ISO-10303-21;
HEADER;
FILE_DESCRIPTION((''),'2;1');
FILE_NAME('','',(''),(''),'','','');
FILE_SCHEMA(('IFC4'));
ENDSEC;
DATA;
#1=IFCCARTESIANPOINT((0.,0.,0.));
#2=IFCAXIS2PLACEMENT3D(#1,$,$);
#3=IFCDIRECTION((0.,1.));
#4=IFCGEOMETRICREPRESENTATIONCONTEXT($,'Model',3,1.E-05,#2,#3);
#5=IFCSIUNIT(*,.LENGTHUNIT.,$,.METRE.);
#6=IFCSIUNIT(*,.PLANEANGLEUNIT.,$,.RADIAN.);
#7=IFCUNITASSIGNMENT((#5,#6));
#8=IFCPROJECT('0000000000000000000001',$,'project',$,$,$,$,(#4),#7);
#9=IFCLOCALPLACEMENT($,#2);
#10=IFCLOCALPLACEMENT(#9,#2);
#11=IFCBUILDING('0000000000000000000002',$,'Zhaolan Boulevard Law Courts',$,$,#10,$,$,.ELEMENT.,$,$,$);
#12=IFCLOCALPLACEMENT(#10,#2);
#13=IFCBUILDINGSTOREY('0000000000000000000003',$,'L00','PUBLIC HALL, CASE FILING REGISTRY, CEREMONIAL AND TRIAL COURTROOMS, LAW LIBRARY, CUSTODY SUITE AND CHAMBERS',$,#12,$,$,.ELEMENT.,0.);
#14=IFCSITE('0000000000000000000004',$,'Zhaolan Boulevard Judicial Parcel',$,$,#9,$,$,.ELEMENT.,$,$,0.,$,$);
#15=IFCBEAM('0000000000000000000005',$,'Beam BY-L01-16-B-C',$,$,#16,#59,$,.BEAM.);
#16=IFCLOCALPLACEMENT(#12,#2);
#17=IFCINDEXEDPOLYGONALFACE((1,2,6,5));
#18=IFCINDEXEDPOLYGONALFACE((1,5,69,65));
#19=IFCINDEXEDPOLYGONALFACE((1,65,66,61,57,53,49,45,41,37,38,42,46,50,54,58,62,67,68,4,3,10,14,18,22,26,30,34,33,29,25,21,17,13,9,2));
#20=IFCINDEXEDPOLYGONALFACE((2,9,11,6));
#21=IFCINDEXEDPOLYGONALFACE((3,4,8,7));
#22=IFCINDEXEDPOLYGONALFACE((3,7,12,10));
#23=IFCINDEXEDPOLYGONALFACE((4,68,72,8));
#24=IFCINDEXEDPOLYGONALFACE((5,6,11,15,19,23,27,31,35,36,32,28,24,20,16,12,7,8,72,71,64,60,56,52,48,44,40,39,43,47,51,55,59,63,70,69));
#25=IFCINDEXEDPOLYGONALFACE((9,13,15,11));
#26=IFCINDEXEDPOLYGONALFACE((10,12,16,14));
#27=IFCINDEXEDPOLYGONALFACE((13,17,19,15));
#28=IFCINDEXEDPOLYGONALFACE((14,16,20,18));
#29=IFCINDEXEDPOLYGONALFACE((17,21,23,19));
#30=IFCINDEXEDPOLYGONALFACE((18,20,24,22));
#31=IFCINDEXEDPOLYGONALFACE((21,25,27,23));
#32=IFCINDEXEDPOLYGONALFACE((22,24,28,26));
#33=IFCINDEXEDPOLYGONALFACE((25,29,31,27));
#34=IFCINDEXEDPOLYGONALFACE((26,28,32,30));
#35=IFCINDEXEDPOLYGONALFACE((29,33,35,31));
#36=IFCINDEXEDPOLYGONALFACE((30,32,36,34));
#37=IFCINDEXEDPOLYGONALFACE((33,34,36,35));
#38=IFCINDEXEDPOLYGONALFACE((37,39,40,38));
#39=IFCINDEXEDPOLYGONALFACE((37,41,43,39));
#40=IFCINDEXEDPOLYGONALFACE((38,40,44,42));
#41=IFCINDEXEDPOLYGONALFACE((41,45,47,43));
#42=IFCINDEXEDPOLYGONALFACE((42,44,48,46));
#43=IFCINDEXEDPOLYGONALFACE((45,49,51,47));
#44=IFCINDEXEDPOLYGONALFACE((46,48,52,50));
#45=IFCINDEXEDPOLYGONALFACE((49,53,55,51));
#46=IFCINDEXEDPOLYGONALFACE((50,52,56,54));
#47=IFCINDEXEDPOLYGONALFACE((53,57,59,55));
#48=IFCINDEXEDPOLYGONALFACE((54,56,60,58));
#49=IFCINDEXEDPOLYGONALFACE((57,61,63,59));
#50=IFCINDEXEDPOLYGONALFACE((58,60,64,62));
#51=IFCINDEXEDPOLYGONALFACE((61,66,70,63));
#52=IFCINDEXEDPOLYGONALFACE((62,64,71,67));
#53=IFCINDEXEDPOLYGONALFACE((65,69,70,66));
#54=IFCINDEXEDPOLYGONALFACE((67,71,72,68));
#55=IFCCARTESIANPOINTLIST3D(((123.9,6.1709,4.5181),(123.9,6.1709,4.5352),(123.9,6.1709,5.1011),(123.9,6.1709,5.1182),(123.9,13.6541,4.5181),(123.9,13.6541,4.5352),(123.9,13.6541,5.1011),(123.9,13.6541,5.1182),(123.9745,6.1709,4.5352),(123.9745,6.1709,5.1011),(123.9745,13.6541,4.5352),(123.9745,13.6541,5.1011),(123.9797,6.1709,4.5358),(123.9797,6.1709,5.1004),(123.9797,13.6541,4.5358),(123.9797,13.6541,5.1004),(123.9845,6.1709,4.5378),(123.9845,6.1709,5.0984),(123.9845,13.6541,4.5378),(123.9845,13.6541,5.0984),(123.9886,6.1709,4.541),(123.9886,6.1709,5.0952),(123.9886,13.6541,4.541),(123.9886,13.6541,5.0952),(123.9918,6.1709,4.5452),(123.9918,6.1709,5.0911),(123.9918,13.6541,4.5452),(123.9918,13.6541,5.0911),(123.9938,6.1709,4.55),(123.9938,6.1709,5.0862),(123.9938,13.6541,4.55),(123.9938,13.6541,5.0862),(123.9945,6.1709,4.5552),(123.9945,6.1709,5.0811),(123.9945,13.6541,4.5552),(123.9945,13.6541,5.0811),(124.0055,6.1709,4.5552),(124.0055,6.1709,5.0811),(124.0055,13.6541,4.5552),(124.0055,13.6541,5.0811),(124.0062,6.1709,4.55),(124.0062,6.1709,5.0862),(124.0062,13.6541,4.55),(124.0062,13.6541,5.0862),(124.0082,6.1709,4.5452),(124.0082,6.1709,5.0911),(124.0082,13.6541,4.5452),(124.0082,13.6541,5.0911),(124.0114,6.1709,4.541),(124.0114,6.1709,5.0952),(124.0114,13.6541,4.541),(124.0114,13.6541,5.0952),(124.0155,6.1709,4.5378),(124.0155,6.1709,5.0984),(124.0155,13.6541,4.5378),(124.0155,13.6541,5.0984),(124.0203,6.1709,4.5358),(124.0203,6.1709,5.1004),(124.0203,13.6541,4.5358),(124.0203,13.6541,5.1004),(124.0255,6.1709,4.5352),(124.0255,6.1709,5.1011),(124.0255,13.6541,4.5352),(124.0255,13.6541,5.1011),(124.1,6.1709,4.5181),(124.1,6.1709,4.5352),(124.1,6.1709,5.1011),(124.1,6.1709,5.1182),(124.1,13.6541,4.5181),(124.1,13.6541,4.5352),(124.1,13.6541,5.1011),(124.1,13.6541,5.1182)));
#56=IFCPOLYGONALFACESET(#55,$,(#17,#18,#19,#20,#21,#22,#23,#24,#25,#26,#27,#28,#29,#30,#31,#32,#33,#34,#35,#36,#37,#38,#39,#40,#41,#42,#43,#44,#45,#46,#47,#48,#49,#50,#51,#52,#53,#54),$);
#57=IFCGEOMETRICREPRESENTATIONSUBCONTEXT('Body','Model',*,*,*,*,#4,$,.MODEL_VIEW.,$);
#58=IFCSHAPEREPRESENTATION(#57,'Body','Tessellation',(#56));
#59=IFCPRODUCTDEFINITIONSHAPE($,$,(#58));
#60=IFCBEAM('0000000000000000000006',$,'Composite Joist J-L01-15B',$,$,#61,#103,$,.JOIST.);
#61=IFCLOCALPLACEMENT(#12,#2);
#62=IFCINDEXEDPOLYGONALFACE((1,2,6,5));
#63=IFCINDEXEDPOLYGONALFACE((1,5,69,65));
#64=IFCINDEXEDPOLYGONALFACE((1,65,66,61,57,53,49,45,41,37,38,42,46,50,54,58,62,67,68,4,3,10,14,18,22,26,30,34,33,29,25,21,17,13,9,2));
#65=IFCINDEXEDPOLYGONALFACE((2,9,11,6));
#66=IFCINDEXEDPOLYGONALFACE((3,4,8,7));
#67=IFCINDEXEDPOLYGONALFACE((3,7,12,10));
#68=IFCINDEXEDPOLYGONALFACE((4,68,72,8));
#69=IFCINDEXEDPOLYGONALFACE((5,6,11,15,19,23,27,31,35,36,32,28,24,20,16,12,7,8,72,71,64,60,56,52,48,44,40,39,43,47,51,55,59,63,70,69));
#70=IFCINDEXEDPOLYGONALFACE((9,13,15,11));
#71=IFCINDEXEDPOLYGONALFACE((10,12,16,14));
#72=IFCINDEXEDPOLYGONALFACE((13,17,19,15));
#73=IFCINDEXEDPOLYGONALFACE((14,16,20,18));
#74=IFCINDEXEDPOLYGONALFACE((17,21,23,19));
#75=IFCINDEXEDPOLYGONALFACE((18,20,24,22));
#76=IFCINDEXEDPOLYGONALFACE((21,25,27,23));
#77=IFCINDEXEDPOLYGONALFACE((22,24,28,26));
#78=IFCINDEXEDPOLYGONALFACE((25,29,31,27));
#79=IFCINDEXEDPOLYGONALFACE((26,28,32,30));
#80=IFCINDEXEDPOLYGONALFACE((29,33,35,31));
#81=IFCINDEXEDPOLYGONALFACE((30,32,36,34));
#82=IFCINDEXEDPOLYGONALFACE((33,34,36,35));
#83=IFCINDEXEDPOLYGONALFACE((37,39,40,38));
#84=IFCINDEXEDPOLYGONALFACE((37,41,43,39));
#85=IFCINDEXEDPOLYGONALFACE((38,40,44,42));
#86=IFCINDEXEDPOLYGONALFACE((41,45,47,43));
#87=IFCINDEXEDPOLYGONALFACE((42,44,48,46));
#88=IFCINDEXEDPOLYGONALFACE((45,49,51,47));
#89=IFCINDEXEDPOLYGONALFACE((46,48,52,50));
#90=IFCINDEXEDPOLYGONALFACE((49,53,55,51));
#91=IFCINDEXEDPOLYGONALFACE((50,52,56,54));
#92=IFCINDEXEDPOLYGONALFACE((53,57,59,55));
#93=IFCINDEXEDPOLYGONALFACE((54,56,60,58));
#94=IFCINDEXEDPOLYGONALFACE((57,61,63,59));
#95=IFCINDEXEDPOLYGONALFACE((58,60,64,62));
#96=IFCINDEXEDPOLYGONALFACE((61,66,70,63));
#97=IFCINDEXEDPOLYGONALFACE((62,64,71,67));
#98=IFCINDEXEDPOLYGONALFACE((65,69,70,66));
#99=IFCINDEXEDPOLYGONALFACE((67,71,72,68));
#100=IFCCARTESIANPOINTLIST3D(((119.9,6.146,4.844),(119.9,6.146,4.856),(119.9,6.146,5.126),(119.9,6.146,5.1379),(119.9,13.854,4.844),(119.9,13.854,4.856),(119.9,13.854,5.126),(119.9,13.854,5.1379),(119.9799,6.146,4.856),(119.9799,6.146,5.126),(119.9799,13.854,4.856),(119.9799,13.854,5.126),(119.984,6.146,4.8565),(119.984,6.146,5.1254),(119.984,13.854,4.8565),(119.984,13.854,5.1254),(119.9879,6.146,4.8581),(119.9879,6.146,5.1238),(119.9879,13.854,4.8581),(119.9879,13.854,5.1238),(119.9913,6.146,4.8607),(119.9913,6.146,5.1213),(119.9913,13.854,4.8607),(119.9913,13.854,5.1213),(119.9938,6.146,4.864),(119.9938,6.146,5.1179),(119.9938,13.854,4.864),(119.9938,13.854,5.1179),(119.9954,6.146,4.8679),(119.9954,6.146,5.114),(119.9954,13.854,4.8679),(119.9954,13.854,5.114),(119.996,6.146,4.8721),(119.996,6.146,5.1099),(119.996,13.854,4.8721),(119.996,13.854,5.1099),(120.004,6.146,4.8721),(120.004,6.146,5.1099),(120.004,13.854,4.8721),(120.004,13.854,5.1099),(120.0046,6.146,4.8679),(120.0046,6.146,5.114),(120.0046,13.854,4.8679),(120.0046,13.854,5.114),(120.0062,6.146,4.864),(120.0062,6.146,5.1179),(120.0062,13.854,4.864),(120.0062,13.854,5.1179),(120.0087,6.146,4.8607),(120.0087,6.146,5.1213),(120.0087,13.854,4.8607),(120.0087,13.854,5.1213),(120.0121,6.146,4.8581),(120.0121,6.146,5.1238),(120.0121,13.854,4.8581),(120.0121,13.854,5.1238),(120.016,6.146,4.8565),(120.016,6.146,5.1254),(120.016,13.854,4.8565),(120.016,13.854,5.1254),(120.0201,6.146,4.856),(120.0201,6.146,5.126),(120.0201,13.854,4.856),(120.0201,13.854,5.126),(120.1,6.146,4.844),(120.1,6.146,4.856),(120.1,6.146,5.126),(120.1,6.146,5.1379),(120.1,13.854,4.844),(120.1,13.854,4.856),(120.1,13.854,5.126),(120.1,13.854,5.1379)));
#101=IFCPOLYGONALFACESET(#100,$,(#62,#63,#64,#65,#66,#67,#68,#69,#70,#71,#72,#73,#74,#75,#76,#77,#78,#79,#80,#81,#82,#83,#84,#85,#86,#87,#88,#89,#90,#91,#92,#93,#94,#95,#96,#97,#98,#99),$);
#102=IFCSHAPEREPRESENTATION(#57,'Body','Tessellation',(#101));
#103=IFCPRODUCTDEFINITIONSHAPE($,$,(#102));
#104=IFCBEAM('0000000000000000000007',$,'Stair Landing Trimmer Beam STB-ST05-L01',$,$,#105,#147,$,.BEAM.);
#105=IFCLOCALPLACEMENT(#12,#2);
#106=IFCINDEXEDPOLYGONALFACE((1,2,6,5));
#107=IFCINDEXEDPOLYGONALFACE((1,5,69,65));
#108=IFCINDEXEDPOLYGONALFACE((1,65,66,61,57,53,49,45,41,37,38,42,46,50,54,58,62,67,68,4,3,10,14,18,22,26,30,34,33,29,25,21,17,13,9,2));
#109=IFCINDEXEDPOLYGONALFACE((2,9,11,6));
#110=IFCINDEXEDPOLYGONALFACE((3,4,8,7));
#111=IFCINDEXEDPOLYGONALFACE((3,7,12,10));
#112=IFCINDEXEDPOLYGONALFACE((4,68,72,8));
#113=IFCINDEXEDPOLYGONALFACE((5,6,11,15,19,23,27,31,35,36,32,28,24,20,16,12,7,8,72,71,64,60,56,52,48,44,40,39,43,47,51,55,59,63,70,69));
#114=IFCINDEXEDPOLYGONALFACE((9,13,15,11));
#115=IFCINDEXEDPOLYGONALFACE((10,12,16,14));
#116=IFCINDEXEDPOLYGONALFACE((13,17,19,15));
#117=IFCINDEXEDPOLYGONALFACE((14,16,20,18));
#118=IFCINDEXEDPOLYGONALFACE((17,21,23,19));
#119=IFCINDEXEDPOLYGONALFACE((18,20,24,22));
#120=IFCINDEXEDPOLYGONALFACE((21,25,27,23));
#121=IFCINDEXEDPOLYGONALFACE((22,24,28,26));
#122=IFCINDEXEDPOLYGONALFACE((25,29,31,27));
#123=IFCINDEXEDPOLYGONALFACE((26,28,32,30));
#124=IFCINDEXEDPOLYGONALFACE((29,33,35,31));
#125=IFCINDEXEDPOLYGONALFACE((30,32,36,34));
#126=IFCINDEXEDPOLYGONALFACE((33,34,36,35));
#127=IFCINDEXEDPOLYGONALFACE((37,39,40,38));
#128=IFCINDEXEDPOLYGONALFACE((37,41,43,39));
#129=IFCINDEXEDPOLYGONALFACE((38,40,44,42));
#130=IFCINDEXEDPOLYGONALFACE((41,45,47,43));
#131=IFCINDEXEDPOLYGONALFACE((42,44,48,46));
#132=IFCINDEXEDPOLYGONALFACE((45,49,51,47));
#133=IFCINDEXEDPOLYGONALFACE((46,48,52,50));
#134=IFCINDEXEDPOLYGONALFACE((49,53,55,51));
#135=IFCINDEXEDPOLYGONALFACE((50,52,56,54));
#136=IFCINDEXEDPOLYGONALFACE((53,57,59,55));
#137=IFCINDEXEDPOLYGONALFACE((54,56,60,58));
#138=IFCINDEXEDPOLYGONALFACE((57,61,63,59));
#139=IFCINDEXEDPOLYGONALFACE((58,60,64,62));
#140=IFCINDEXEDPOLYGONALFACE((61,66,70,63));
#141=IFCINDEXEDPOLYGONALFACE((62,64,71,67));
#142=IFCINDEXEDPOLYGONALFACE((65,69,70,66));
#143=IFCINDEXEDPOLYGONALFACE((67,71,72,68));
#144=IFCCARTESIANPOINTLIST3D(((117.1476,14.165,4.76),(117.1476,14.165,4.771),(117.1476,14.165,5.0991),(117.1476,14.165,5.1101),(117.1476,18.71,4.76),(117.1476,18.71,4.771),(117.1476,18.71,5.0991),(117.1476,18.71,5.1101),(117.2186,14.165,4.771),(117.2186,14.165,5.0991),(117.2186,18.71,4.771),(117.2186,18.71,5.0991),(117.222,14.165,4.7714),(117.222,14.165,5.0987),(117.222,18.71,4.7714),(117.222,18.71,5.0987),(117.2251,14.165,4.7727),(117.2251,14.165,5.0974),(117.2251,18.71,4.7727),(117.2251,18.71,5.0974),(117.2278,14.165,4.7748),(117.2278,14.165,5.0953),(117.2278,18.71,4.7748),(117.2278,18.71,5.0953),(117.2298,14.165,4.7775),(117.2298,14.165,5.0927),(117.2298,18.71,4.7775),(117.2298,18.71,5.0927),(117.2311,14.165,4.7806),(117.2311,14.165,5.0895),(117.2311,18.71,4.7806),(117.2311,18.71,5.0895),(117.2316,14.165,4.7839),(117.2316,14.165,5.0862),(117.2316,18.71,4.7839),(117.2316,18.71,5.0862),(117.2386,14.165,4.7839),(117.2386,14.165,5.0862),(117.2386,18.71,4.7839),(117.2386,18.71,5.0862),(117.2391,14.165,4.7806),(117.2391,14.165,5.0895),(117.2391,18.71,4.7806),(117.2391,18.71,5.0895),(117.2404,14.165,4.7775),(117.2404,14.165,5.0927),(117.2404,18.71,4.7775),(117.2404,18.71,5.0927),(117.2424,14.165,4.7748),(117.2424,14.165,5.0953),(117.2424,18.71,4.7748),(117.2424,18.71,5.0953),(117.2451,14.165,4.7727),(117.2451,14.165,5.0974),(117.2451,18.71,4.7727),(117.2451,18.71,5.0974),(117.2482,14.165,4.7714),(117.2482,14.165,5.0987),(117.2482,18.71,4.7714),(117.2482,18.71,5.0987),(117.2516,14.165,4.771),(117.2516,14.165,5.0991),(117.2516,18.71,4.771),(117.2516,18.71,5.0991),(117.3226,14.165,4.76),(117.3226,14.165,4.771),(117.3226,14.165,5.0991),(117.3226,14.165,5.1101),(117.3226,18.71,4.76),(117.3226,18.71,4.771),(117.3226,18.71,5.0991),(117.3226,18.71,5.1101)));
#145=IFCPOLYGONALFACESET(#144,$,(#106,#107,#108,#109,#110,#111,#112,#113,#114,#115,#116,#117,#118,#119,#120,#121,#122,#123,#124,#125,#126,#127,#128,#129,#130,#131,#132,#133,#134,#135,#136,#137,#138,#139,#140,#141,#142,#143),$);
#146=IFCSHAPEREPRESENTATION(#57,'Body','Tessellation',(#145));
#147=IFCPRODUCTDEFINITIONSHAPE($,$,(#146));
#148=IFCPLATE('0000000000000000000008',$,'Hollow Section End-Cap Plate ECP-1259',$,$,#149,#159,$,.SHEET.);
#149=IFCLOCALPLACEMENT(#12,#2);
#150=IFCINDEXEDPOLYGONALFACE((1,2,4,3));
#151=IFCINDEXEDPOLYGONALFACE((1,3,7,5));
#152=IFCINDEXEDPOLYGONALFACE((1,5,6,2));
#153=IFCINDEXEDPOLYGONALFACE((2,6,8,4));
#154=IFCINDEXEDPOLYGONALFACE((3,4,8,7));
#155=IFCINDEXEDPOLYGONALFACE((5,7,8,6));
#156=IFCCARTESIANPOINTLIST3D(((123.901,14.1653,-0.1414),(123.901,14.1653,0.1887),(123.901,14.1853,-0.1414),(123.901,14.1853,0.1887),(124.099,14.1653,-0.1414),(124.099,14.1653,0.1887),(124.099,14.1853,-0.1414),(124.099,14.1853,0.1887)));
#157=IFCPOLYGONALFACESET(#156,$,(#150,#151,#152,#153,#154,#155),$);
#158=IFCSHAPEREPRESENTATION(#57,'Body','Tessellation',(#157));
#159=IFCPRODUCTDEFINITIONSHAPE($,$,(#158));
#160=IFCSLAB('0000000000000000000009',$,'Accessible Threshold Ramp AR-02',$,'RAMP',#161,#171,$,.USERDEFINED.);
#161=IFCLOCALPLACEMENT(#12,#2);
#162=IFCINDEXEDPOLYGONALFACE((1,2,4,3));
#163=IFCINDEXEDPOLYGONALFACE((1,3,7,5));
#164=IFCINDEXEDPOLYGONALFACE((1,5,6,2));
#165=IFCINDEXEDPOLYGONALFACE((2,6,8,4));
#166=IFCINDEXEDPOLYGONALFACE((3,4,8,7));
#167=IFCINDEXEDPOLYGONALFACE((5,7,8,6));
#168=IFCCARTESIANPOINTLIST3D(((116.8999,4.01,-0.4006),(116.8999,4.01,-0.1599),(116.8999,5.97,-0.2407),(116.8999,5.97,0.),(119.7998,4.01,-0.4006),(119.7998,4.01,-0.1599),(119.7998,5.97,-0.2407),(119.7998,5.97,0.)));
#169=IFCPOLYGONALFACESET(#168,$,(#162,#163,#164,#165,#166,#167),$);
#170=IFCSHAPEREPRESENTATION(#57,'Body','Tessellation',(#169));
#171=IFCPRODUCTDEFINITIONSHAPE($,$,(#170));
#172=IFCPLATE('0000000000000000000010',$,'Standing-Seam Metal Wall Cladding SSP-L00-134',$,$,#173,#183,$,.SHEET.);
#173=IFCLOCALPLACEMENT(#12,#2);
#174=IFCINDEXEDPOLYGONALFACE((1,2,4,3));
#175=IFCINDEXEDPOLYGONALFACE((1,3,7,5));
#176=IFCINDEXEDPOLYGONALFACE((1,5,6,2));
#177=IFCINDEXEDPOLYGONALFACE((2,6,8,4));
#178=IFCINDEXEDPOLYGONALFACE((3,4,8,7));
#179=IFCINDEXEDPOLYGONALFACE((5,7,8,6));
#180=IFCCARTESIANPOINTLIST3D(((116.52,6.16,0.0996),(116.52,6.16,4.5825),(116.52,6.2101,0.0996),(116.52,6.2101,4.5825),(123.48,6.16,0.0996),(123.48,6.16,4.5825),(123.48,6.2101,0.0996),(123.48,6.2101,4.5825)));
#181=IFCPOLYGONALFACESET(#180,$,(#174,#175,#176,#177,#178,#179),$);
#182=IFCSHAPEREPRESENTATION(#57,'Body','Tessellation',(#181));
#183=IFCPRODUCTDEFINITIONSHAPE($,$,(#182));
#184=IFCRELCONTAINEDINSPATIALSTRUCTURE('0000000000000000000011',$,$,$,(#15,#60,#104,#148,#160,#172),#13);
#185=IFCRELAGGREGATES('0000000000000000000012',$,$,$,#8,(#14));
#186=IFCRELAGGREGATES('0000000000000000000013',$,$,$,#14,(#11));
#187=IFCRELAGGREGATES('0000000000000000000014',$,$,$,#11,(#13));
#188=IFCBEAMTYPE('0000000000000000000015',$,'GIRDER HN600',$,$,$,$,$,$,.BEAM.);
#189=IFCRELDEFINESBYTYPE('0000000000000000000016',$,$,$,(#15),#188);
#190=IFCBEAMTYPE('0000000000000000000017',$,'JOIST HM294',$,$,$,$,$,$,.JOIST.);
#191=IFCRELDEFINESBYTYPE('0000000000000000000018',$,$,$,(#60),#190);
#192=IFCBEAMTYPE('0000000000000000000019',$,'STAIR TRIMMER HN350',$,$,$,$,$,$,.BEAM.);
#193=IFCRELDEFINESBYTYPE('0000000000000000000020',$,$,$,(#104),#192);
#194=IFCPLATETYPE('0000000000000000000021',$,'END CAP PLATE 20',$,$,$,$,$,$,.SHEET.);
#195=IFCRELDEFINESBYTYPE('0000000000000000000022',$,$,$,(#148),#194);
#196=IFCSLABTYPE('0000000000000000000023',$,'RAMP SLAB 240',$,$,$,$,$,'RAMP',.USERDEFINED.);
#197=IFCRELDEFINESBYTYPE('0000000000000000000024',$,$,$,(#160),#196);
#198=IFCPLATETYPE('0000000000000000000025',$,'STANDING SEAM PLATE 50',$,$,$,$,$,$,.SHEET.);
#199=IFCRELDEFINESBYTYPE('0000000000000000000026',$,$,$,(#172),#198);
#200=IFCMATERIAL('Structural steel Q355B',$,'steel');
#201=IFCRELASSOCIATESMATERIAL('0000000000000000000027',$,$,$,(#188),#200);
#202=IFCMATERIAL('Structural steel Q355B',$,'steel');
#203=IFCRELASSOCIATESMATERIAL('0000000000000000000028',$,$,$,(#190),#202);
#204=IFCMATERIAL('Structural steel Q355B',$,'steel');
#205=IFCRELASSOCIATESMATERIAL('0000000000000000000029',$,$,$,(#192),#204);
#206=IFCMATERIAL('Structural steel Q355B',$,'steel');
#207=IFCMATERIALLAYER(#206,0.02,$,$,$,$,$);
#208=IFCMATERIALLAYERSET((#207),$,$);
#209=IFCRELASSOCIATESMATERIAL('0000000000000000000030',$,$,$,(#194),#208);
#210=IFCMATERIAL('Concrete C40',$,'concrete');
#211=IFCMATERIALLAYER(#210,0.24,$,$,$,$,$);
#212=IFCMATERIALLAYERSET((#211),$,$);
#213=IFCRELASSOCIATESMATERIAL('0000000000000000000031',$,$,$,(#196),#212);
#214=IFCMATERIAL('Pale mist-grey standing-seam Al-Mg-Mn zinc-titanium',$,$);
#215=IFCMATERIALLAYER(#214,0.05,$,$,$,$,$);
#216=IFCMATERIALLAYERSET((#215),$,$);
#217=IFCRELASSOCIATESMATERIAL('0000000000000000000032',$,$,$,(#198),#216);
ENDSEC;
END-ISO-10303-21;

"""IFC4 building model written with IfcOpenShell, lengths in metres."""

from ifc_helpers import new_model, si_unit, direction, frame, origin, origin_2d, place, context, subcontext, project, spatial, polyline, rectangle, i_section, outline, extrude, material, layer, layer_set, material_profile, profile_set, type_object, element, save


model = new_model("IFC4")

# Units and contexts
model_context = context("Model", 3, precision=1e-05, world=origin(), true_north=direction((0.0, 1.0)))
body_context = subcontext(model_context, "Body", "Model", "MODEL_VIEW")
ifc_project = project(units=[si_unit("LENGTHUNIT", "METRE"), si_unit("PLANEANGLEUNIT", "RADIAN")], contexts=[model_context])

# Site, building, storey
site_placement = place(None, origin())
site = spatial("IfcSite", under=ifc_project, at=site_placement, Name="Zhaolan Boulevard Judicial Parcel", CompositionType="ELEMENT", RefElevation=0.0)
building_placement = place(site_placement, origin())
building = spatial("IfcBuilding", under=site, at=building_placement, Name="Zhaolan Boulevard Law Courts", CompositionType="ELEMENT")
storey_placement = place(building_placement, origin())
storey = spatial("IfcBuildingStorey", under=building, at=storey_placement, Name="L00", Description="PUBLIC HALL, CASE FILING REGISTRY, CEREMONIAL AND TRIAL COURTROOMS, LAW LIBRARY, CUSTODY SUITE AND CHAMBERS", CompositionType="ELEMENT", Elevation=0.0)

# Beams
ifc_material_1 = material(Name="Structural steel Q355B", Category="steel")
ifc_material_profile_1 = material_profile(ifc_material_1, i_section(OverallWidth=0.2, OverallDepth=0.6001, WebThickness=0.011, FlangeThickness=0.0171, FilletRadius=0.02, at=origin_2d()), Name="HN600x200")
ifc_profile_set_1 = profile_set([ifc_material_profile_1], Name="Structural steel Q355B")
beam_type_1 = type_object("IfcBeamType", Name="GIRDER HN600", PredefinedType="BEAM", material=ifc_profile_set_1)
beam_1_placement = place(storey_placement, frame((124.0, 6.1709, 4.8181), z_axis=(0.0, 1.0, 0.0), x_axis=(-1.0, 0.0, 0.0)))
element("IfcBeam", 1, at=beam_1_placement, inside=storey, type_object=beam_type_1, Name="Beam BY-L01-16-B-C", PredefinedType="BEAM", context=body_context, shape_type="SweptSolid", body=[
    extrude(i_section(OverallWidth=0.2, OverallDepth=0.6001, WebThickness=0.011, FlangeThickness=0.0171, FilletRadius=0.02, at=origin_2d()), origin(), (0.0, 0.0, 1.0), 7.4832),
])
ifc_material_2 = material(Name="Structural steel Q355B", Category="steel")
ifc_material_profile_2 = material_profile(ifc_material_2, i_section(OverallWidth=0.2, OverallDepth=0.2939, WebThickness=0.0081, FlangeThickness=0.012, FilletRadius=0.0161, at=origin_2d()), Name="HM294x200")
ifc_profile_set_2 = profile_set([ifc_material_profile_2], Name="Structural steel Q355B")
beam_type_2 = type_object("IfcBeamType", Name="JOIST HM294", PredefinedType="JOIST", material=ifc_profile_set_2)
beam_2_placement = place(storey_placement, frame((120.0, 6.146, 4.991), z_axis=(0.0, 1.0, 0.0), x_axis=(-1.0, 0.0, 0.0)))
element("IfcBeam", 2, at=beam_2_placement, inside=storey, type_object=beam_type_2, Name="Composite Joist J-L01-15B", PredefinedType="JOIST", context=body_context, shape_type="SweptSolid", body=[
    extrude(i_section(OverallWidth=0.2, OverallDepth=0.2939, WebThickness=0.0081, FlangeThickness=0.012, FilletRadius=0.0161, at=origin_2d()), origin(), (0.0, 0.0, 1.0), 7.708),
])
ifc_material_3 = material(Name="Structural steel Q355B", Category="steel")
ifc_material_profile_3 = material_profile(ifc_material_3, i_section(OverallWidth=0.175, OverallDepth=0.3501, WebThickness=0.0071, FlangeThickness=0.011, FilletRadius=0.0129, at=origin_2d()), Name="HN350x175")
ifc_profile_set_3 = profile_set([ifc_material_profile_3], Name="Structural steel Q355B")
beam_type_3 = type_object("IfcBeamType", Name="STAIR TRIMMER HN350", PredefinedType="BEAM", material=ifc_profile_set_3)
beam_3_placement = place(storey_placement, frame((117.2351, 14.165, 4.9351), z_axis=(0.0, 1.0, 0.0), x_axis=(-1.0, 0.0, 0.0)))
element("IfcBeam", 3, at=beam_3_placement, inside=storey, type_object=beam_type_3, Name="Stair Landing Trimmer Beam STB-ST05-L01", PredefinedType="BEAM", context=body_context, shape_type="SweptSolid", body=[
    extrude(i_section(OverallWidth=0.175, OverallDepth=0.3501, WebThickness=0.0071, FlangeThickness=0.011, FilletRadius=0.0129, at=origin_2d()), origin(), (0.0, 0.0, 1.0), 4.5449),
])

# Plate
ifc_material_4 = material(Name="Structural steel Q355B", Category="steel")
ifc_layer_1 = layer(ifc_material_4, 0.02)
ifc_layer_set_1 = layer_set([ifc_layer_1])
plate_type_1 = type_object("IfcPlateType", Name="END CAP PLATE 20", PredefinedType="SHEET", material=ifc_layer_set_1)
plate_1_placement = place(storey_placement, frame((124.0, 14.1753, -0.1414), z_axis=(0.0, 0.0, 1.0), x_axis=(0.0, 1.0, 0.0)))
element("IfcPlate", 4, at=plate_1_placement, inside=storey, type_object=plate_type_1, Name="Hollow Section End-Cap Plate ECP-1259", PredefinedType="SHEET", context=body_context, shape_type="SweptSolid", body=[
    extrude(rectangle(XDim=0.02, YDim=0.198, at=origin_2d()), origin(), (0.0, 0.0, 1.0), 0.3301),
])

# Slab
ifc_material_5 = material(Name="Concrete C40", Category="concrete")
ifc_layer_2 = layer(ifc_material_5, 0.24)
ifc_layer_set_2 = layer_set([ifc_layer_2])
slab_type = type_object("IfcSlabType", Name="RAMP SLAB 240", ElementType="RAMP", PredefinedType="USERDEFINED", material=ifc_layer_set_2)
slab_placement = place(storey_placement, frame((116.8999, 4.01, -0.1599), z_axis=(1.0, 0.0, 0.0), x_axis=(0.0, 1.0, 0.0)))
element("IfcSlab", 5, at=slab_placement, inside=storey, type_object=slab_type, Name="Accessible Threshold Ramp AR-02", ObjectType="RAMP", PredefinedType="USERDEFINED", context=body_context, shape_type="SweptSolid", body=[
    extrude(outline(polyline([(0.0, 0.0), (1.96, 0.1599), (1.96, -0.0808), (0.0, -0.2407), (0.0, 0.0)])), origin(), (0.0, 0.0, 1.0), 2.8999),
])

# Plate
ifc_material_6 = material(Name="Pale mist-grey standing-seam Al-Mg-Mn zinc-titanium")
ifc_layer_3 = layer(ifc_material_6, 0.05)
ifc_layer_set_3 = layer_set([ifc_layer_3])
plate_type_2 = type_object("IfcPlateType", Name="STANDING SEAM PLATE 50", PredefinedType="SHEET", material=ifc_layer_set_3)
plate_2_placement = place(storey_placement, frame((120.0, 6.1851, 0.0996), z_axis=(0.0, 0.0, 1.0), x_axis=(1.0, 0.0, 0.0)))
element("IfcPlate", 6, at=plate_2_placement, inside=storey, type_object=plate_type_2, Name="Standing-Seam Metal Wall Cladding SSP-L00-134", PredefinedType="SHEET", context=body_context, shape_type="SweptSolid", body=[
    extrude(rectangle(XDim=6.96, YDim=0.05, at=origin_2d()), origin(), (0.0, 0.0, 1.0), 4.4829),
])

save(model, "model.ifc")
